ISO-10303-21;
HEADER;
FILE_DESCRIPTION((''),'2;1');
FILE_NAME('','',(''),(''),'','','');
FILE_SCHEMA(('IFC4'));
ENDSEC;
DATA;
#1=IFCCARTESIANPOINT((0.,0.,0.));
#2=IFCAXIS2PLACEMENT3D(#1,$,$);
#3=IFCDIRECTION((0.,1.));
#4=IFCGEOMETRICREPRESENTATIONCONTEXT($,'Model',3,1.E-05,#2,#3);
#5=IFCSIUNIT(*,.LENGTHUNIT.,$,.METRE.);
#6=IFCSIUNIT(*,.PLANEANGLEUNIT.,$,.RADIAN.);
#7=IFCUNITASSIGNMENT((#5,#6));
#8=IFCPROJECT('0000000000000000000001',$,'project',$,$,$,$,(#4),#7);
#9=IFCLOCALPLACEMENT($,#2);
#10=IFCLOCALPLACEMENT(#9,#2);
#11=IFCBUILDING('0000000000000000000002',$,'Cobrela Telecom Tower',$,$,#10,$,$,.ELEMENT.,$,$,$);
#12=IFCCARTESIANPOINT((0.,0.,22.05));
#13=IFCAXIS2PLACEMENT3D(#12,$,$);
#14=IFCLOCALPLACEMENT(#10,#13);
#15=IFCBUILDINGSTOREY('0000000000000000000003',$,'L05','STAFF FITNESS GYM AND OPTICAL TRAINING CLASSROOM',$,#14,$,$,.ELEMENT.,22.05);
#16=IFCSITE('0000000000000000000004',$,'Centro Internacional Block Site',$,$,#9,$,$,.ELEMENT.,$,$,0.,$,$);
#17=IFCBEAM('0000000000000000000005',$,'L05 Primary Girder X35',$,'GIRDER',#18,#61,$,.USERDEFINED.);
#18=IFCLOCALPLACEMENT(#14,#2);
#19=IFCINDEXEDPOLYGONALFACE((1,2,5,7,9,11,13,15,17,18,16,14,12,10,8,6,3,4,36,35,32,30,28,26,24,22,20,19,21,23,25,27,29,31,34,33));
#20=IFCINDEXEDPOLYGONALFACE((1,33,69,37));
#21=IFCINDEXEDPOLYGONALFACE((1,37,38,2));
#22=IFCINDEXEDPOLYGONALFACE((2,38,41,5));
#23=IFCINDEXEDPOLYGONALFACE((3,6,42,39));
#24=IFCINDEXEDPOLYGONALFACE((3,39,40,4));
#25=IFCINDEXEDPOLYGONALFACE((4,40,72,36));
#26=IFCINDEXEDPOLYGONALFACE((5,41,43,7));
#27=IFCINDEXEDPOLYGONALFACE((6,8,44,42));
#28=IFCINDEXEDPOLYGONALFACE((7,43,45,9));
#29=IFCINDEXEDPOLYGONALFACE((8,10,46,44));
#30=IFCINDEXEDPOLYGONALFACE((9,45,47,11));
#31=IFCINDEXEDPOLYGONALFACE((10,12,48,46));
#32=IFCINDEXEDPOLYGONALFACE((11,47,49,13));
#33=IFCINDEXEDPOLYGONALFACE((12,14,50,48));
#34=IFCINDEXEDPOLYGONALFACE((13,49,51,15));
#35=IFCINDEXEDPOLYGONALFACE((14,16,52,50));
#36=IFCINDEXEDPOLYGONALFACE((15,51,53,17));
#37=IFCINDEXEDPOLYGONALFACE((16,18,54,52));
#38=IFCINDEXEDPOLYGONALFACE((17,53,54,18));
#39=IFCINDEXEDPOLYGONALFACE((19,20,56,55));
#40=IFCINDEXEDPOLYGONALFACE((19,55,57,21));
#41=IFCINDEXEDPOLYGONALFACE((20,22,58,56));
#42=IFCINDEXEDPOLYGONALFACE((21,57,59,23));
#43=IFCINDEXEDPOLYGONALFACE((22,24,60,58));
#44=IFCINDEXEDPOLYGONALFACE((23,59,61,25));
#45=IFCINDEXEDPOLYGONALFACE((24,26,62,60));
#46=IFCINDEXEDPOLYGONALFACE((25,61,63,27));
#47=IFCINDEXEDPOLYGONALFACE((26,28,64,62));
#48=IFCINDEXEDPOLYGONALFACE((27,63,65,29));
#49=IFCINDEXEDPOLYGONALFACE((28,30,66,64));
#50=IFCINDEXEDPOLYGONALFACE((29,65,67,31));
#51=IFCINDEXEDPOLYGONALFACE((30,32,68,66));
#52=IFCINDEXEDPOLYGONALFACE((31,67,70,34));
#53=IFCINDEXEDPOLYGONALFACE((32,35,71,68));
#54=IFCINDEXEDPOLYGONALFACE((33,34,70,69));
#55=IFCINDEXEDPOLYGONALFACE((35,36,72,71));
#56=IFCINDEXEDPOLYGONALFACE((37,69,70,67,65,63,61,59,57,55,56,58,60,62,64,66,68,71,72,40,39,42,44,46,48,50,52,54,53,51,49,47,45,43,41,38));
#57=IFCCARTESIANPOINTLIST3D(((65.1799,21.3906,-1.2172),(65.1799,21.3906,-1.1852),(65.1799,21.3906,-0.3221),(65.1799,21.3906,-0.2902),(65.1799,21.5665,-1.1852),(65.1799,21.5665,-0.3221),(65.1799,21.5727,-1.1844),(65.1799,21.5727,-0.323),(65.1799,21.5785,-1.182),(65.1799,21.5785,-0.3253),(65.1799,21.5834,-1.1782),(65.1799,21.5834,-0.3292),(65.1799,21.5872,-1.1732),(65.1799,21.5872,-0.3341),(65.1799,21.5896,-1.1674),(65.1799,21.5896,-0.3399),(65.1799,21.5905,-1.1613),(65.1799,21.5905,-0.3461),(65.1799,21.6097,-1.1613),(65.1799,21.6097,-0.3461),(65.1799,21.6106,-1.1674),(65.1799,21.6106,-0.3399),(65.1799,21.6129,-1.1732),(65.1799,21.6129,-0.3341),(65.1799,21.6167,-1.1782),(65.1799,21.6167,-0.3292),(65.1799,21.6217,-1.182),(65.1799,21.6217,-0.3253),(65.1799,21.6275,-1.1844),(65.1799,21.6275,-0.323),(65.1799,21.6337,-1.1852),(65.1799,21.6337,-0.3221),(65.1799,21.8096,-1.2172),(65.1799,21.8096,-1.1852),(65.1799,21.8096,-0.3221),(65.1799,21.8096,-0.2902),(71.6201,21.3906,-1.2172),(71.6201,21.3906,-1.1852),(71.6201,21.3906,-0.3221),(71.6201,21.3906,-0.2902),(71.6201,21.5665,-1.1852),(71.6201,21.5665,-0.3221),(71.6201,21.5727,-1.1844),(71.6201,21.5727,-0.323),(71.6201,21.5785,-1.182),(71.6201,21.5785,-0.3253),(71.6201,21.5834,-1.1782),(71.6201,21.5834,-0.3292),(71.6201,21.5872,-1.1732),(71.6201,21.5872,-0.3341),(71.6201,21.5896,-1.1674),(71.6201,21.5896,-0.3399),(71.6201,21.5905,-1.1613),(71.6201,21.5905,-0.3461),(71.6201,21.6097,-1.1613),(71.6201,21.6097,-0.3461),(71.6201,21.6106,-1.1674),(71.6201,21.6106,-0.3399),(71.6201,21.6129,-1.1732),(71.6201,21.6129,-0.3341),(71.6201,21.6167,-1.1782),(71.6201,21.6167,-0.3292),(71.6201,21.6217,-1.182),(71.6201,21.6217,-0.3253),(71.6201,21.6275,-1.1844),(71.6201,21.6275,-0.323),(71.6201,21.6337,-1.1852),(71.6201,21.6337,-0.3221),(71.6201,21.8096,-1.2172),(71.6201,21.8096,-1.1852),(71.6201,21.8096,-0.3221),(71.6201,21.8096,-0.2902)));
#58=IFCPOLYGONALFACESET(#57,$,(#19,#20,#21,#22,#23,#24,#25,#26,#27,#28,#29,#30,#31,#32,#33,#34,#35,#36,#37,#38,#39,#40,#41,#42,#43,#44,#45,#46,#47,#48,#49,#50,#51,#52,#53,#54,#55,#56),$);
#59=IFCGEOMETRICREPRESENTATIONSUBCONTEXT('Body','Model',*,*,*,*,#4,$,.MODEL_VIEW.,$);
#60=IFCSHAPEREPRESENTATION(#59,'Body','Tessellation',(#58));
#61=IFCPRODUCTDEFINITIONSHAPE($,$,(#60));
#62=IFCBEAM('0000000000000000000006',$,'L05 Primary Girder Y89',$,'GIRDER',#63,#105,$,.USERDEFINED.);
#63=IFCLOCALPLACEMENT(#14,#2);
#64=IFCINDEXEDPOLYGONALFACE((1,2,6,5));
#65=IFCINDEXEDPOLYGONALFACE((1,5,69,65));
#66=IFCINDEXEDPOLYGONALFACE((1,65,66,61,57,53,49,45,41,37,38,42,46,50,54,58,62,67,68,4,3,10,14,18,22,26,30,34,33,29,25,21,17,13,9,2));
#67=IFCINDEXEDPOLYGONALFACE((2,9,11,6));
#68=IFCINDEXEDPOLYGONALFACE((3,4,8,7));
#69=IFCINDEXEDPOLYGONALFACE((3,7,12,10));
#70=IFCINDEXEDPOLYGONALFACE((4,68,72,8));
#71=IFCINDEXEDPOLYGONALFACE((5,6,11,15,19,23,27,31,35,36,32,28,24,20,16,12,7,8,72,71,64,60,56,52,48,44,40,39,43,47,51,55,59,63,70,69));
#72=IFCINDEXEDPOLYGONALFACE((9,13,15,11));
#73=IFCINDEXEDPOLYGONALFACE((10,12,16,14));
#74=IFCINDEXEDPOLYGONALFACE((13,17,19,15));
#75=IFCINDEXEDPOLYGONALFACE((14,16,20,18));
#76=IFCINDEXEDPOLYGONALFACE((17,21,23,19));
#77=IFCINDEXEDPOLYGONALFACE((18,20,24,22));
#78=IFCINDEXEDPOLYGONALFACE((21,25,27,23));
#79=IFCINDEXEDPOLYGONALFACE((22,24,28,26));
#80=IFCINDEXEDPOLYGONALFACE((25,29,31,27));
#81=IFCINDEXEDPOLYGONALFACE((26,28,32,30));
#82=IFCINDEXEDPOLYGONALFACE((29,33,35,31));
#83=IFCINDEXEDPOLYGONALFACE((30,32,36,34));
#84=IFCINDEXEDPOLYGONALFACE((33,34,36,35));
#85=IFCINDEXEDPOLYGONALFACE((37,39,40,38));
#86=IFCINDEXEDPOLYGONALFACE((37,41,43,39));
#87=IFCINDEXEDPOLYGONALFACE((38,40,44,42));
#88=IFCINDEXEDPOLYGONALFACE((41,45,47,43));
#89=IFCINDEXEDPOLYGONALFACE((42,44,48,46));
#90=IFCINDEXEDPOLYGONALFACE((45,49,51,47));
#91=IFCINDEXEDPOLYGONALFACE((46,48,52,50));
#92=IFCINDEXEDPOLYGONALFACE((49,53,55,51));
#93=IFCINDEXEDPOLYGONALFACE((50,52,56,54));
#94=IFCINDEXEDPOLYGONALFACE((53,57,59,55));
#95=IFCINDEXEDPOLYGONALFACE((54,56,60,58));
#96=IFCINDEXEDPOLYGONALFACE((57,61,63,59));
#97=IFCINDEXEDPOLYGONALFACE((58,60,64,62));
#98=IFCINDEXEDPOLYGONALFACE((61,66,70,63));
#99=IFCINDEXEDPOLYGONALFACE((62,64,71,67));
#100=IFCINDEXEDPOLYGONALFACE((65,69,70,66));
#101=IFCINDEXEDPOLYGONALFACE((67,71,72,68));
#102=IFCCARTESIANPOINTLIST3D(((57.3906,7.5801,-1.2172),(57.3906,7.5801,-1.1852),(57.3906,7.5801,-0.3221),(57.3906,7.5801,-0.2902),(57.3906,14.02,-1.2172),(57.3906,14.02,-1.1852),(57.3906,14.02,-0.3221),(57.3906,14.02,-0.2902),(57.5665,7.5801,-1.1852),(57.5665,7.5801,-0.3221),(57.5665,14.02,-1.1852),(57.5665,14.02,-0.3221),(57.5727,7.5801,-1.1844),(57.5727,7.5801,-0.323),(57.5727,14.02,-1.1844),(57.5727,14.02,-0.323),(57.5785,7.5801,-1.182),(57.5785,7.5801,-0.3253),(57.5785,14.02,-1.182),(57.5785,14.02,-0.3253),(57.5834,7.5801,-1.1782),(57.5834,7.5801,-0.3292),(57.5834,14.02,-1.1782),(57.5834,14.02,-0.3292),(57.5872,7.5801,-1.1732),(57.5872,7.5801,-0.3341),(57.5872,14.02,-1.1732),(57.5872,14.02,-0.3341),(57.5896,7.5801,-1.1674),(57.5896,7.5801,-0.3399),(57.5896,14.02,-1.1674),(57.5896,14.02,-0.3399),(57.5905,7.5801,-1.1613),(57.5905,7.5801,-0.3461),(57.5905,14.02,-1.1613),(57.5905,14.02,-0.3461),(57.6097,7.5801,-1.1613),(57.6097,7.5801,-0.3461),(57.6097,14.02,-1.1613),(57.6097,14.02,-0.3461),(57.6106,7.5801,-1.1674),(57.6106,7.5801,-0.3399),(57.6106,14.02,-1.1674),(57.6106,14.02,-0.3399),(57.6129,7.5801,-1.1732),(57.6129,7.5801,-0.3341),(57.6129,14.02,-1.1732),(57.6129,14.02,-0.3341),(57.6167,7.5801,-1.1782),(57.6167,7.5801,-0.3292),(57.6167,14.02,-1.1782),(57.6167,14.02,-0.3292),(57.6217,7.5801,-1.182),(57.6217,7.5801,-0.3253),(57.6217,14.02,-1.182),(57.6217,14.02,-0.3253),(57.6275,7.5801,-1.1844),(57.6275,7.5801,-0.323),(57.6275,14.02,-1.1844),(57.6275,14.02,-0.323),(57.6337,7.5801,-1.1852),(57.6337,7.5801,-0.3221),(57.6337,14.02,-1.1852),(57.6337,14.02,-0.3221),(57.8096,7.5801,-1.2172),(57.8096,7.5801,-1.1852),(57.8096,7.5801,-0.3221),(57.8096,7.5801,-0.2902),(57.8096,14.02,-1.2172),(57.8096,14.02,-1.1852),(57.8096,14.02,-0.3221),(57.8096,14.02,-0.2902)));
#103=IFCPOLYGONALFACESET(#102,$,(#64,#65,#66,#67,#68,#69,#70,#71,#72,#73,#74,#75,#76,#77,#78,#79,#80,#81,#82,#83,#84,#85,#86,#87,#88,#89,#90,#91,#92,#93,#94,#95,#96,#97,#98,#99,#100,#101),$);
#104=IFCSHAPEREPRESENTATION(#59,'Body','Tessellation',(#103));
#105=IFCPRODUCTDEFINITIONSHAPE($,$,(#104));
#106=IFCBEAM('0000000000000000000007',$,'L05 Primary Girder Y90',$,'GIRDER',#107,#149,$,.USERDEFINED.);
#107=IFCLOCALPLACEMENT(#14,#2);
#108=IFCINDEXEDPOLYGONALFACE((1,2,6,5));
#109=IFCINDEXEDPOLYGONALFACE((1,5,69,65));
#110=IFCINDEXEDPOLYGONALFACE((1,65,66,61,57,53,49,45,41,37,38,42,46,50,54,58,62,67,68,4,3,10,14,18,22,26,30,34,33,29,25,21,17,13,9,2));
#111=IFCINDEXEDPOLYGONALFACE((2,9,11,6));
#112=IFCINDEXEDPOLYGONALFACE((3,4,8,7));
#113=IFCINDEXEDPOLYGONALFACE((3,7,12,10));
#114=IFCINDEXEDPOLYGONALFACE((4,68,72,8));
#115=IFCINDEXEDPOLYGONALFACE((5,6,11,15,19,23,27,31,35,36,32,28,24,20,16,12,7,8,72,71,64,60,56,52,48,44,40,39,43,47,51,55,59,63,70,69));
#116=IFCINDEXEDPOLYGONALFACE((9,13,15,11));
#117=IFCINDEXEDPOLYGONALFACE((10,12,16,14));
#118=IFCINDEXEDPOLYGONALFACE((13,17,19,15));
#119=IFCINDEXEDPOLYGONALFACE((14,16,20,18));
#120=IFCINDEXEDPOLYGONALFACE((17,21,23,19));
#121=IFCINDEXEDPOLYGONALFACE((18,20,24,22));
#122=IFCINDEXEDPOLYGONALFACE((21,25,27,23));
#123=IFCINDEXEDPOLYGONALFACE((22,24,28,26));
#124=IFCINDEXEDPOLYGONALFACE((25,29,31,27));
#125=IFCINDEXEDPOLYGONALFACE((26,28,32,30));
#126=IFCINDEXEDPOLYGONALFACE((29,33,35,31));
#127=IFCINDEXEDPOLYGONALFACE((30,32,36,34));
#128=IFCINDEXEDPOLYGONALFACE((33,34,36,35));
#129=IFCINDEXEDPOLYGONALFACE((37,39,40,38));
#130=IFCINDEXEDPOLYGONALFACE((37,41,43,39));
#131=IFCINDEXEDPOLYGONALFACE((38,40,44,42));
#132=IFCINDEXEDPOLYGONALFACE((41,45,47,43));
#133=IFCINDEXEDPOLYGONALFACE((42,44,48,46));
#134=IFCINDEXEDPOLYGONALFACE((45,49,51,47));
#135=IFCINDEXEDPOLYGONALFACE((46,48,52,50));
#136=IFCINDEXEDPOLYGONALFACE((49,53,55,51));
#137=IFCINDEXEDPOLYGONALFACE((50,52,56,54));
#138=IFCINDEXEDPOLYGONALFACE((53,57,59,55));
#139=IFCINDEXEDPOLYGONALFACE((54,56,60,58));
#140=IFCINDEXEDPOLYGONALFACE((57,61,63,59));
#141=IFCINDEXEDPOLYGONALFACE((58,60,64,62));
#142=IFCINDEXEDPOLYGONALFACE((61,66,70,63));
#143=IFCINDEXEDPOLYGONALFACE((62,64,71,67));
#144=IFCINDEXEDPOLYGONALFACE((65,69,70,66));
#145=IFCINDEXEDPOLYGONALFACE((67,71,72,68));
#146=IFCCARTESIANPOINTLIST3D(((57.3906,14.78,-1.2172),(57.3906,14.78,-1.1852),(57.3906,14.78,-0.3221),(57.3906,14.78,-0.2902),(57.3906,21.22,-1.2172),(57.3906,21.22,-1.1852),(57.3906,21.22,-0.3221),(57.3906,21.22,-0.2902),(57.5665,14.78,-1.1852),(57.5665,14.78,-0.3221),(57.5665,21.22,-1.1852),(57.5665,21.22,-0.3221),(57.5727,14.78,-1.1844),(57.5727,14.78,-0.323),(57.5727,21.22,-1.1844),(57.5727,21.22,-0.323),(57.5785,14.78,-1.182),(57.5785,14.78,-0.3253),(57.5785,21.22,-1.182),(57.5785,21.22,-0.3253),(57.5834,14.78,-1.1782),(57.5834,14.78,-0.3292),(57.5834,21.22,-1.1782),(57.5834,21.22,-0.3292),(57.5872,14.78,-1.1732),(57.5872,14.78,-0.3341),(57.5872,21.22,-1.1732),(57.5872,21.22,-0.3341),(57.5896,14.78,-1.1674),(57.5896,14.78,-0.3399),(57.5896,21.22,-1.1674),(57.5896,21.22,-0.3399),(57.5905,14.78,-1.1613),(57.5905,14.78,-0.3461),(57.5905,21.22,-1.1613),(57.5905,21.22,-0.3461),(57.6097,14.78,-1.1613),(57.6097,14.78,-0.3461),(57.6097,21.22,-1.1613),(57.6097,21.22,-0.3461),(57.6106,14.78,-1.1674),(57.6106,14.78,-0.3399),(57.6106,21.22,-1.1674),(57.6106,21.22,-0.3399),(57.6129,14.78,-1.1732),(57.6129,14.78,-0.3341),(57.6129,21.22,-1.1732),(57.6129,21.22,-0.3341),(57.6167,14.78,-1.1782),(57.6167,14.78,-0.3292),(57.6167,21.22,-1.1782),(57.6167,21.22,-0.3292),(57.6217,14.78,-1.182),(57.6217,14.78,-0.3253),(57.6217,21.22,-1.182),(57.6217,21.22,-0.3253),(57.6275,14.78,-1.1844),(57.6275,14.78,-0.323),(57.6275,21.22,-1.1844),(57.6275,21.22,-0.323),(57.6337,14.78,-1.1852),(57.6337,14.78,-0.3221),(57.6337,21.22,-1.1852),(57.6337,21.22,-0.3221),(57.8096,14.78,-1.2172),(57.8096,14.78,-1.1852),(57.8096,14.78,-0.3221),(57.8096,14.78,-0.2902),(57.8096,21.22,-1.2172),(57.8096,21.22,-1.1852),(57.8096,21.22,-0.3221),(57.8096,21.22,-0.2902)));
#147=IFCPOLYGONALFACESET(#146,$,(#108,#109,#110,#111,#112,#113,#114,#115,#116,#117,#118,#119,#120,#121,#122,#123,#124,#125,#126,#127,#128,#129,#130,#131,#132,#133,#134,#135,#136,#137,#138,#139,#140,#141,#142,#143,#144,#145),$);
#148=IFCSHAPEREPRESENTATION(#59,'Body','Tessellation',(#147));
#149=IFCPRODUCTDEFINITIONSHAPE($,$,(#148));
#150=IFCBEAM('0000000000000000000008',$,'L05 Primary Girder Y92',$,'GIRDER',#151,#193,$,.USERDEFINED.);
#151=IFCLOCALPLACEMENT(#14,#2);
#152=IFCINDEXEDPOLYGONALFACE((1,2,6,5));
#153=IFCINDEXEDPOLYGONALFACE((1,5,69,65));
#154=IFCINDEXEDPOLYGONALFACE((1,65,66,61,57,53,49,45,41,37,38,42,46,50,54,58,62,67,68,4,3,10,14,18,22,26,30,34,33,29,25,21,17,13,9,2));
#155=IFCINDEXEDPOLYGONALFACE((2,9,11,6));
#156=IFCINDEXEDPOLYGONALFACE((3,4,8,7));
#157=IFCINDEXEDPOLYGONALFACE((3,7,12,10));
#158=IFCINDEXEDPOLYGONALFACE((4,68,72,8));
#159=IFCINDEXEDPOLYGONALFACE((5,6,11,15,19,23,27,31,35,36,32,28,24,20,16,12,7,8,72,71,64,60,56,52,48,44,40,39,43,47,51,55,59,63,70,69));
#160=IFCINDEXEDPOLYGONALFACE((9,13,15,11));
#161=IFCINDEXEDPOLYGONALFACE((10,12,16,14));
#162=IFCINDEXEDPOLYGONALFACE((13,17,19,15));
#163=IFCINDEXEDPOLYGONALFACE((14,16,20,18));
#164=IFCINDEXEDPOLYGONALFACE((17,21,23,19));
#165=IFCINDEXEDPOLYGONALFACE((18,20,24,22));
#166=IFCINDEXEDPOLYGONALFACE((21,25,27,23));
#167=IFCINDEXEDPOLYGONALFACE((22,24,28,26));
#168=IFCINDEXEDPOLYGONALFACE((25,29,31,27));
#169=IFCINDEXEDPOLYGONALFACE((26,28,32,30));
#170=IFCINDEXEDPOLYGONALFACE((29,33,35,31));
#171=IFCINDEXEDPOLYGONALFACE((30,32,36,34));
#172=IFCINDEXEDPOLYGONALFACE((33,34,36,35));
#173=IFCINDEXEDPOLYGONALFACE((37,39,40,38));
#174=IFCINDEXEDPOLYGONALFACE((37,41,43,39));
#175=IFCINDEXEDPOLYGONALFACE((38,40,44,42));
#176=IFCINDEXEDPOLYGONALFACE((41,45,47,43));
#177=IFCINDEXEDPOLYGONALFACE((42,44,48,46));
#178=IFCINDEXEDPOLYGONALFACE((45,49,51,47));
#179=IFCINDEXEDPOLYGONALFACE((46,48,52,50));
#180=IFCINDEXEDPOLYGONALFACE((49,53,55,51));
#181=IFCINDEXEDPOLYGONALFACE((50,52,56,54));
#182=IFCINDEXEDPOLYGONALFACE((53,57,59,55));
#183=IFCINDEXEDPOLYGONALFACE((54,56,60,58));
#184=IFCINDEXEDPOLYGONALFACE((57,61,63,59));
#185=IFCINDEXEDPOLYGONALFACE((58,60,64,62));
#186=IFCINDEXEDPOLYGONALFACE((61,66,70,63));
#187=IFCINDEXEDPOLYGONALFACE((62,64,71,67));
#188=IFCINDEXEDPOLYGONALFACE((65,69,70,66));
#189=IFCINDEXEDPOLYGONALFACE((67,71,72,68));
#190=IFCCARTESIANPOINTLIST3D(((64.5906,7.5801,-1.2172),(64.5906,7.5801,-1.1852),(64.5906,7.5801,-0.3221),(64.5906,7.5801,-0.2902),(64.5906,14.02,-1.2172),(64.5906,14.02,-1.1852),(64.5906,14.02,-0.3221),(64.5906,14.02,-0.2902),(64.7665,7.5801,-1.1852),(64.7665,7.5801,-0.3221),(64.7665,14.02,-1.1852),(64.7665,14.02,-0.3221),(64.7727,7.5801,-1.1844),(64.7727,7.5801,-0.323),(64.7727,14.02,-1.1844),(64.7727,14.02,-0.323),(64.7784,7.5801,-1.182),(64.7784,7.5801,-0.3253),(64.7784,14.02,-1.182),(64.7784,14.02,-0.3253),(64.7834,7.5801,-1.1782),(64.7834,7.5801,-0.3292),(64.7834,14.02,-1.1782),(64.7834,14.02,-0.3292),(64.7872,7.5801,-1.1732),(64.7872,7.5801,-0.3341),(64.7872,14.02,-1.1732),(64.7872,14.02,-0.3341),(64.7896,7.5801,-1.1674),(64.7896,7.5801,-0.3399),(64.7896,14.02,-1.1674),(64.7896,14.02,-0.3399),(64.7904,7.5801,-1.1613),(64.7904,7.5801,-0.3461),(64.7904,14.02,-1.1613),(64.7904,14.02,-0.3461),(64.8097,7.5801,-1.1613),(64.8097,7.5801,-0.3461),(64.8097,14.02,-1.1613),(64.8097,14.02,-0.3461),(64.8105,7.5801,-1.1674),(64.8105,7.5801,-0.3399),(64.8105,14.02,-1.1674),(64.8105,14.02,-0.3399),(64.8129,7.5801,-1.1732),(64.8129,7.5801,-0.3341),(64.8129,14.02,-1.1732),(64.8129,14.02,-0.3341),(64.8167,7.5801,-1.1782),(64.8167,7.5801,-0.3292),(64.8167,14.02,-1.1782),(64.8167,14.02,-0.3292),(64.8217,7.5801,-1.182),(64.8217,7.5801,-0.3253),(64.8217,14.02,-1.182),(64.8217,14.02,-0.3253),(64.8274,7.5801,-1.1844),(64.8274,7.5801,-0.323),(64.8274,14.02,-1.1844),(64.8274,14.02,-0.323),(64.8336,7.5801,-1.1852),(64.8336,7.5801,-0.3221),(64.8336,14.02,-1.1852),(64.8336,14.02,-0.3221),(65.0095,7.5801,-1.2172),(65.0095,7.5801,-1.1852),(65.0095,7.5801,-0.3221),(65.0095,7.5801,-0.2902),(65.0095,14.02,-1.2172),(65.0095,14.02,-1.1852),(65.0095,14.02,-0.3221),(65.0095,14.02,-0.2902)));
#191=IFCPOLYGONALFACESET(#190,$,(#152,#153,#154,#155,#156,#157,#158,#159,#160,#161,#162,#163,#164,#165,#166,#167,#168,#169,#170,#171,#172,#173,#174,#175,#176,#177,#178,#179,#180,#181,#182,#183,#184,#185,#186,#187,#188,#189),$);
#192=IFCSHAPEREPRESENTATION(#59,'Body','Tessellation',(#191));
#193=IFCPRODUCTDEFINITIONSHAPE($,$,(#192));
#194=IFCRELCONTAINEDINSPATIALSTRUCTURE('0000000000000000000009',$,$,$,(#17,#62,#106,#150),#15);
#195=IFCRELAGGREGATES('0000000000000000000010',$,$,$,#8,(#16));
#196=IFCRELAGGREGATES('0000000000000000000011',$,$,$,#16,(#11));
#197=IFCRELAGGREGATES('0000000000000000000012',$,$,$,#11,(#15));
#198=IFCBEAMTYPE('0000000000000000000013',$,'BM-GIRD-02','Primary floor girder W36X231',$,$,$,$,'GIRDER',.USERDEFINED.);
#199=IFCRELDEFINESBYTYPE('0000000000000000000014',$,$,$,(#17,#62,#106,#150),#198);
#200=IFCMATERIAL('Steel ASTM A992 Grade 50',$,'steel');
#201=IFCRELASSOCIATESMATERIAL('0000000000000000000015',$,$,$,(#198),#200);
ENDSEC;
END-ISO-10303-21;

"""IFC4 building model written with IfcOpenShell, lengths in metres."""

from ifc_helpers import new_model, si_unit, direction, frame, origin, origin_2d, place, context, subcontext, project, spatial, i_section, extrude, material, material_profile, profile_set, type_object, element, save


model = new_model("IFC4")

# Units and contexts
model_context = context("Model", 3, precision=1e-05, world=origin(), true_north=direction((0.0, 1.0)))
body_context = subcontext(model_context, "Body", "Model", "MODEL_VIEW")
ifc_project = project(units=[si_unit("LENGTHUNIT", "METRE"), si_unit("PLANEANGLEUNIT", "RADIAN")], contexts=[model_context])

# Site, building, storey
site_placement = place(None, origin())
site = spatial("IfcSite", under=ifc_project, at=site_placement, Name="Centro Internacional Block Site", CompositionType="ELEMENT", RefElevation=0.0)
building_placement = place(site_placement, origin())
building = spatial("IfcBuilding", under=site, at=building_placement, Name="Cobrela Telecom Tower", CompositionType="ELEMENT")
storey_placement = place(building_placement, frame((0.0, 0.0, 22.05)))
storey = spatial("IfcBuildingStorey", under=building, at=storey_placement, Name="L05", Description="STAFF FITNESS GYM AND OPTICAL TRAINING CLASSROOM", CompositionType="ELEMENT", Elevation=22.05)

# Beams
ifc_material_1 = material(Name="Steel ASTM A992 Grade 50", Category="steel")
ifc_material_profile_1 = material_profile(ifc_material_1, i_section(OverallWidth=0.4189, OverallDepth=0.927, WebThickness=0.0193, FlangeThickness=0.032, FilletRadius=0.0239, at=origin_2d()), Name="W36X231")
ifc_profile_set_1 = profile_set([ifc_material_profile_1], Name="Steel ASTM A992 Grade 50")
beam_type_1 = type_object("IfcBeamType", Name="BM-GIRD-02", Description="Primary floor girder W36X231", ElementType="GIRDER", PredefinedType="USERDEFINED", material=ifc_profile_set_1)
beam_1_placement = place(storey_placement, frame((65.1799, 21.6001, -0.7537), z_axis=(1.0, 0.0, 0.0), x_axis=(0.0, 1.0, 0.0)))
element("IfcBeam", 1, at=beam_1_placement, inside=storey, type_object=beam_type_1, Name="L05 Primary Girder X35", ObjectType="GIRDER", PredefinedType="USERDEFINED", context=body_context, shape_type="SweptSolid", body=[
    extrude(i_section(OverallWidth=0.4189, OverallDepth=0.927, WebThickness=0.0193, FlangeThickness=0.032, FilletRadius=0.0239, at=origin_2d()), origin(), (0.0, 0.0, 1.0), 6.4402),
])
for number, where, z_axis, x_axis, name in (
    (2, (57.6001, 7.5801, -0.7537), (0.0, 1.0, 0.0), (-1.0, 0.0, 0.0), "L05 Primary Girder Y89"),
    (3, (57.6001, 14.78, -0.7537), (0.0, 1.0, 0.0), (-1.0, 0.0, 0.0), "L05 Primary Girder Y90"),
    (4, (64.8, 7.5801, -0.7537), (0.0, 1.0, 0.0), (-1.0, 0.0, 0.0), "L05 Primary Girder Y92"),
):
    element("IfcBeam", number, at=place(storey_placement, frame(where, z_axis=z_axis, x_axis=x_axis)), inside=storey, type_object=beam_type_1, Name=name, ObjectType="GIRDER", PredefinedType="USERDEFINED", context=body_context, shape_type="SweptSolid", body=[
        extrude(i_section(OverallWidth=0.4189, OverallDepth=0.927, WebThickness=0.0193, FlangeThickness=0.032, FilletRadius=0.0239, at=origin_2d()), origin(), (0.0, 0.0, 1.0), 6.4399),
    ])

save(model, "model.ifc")
